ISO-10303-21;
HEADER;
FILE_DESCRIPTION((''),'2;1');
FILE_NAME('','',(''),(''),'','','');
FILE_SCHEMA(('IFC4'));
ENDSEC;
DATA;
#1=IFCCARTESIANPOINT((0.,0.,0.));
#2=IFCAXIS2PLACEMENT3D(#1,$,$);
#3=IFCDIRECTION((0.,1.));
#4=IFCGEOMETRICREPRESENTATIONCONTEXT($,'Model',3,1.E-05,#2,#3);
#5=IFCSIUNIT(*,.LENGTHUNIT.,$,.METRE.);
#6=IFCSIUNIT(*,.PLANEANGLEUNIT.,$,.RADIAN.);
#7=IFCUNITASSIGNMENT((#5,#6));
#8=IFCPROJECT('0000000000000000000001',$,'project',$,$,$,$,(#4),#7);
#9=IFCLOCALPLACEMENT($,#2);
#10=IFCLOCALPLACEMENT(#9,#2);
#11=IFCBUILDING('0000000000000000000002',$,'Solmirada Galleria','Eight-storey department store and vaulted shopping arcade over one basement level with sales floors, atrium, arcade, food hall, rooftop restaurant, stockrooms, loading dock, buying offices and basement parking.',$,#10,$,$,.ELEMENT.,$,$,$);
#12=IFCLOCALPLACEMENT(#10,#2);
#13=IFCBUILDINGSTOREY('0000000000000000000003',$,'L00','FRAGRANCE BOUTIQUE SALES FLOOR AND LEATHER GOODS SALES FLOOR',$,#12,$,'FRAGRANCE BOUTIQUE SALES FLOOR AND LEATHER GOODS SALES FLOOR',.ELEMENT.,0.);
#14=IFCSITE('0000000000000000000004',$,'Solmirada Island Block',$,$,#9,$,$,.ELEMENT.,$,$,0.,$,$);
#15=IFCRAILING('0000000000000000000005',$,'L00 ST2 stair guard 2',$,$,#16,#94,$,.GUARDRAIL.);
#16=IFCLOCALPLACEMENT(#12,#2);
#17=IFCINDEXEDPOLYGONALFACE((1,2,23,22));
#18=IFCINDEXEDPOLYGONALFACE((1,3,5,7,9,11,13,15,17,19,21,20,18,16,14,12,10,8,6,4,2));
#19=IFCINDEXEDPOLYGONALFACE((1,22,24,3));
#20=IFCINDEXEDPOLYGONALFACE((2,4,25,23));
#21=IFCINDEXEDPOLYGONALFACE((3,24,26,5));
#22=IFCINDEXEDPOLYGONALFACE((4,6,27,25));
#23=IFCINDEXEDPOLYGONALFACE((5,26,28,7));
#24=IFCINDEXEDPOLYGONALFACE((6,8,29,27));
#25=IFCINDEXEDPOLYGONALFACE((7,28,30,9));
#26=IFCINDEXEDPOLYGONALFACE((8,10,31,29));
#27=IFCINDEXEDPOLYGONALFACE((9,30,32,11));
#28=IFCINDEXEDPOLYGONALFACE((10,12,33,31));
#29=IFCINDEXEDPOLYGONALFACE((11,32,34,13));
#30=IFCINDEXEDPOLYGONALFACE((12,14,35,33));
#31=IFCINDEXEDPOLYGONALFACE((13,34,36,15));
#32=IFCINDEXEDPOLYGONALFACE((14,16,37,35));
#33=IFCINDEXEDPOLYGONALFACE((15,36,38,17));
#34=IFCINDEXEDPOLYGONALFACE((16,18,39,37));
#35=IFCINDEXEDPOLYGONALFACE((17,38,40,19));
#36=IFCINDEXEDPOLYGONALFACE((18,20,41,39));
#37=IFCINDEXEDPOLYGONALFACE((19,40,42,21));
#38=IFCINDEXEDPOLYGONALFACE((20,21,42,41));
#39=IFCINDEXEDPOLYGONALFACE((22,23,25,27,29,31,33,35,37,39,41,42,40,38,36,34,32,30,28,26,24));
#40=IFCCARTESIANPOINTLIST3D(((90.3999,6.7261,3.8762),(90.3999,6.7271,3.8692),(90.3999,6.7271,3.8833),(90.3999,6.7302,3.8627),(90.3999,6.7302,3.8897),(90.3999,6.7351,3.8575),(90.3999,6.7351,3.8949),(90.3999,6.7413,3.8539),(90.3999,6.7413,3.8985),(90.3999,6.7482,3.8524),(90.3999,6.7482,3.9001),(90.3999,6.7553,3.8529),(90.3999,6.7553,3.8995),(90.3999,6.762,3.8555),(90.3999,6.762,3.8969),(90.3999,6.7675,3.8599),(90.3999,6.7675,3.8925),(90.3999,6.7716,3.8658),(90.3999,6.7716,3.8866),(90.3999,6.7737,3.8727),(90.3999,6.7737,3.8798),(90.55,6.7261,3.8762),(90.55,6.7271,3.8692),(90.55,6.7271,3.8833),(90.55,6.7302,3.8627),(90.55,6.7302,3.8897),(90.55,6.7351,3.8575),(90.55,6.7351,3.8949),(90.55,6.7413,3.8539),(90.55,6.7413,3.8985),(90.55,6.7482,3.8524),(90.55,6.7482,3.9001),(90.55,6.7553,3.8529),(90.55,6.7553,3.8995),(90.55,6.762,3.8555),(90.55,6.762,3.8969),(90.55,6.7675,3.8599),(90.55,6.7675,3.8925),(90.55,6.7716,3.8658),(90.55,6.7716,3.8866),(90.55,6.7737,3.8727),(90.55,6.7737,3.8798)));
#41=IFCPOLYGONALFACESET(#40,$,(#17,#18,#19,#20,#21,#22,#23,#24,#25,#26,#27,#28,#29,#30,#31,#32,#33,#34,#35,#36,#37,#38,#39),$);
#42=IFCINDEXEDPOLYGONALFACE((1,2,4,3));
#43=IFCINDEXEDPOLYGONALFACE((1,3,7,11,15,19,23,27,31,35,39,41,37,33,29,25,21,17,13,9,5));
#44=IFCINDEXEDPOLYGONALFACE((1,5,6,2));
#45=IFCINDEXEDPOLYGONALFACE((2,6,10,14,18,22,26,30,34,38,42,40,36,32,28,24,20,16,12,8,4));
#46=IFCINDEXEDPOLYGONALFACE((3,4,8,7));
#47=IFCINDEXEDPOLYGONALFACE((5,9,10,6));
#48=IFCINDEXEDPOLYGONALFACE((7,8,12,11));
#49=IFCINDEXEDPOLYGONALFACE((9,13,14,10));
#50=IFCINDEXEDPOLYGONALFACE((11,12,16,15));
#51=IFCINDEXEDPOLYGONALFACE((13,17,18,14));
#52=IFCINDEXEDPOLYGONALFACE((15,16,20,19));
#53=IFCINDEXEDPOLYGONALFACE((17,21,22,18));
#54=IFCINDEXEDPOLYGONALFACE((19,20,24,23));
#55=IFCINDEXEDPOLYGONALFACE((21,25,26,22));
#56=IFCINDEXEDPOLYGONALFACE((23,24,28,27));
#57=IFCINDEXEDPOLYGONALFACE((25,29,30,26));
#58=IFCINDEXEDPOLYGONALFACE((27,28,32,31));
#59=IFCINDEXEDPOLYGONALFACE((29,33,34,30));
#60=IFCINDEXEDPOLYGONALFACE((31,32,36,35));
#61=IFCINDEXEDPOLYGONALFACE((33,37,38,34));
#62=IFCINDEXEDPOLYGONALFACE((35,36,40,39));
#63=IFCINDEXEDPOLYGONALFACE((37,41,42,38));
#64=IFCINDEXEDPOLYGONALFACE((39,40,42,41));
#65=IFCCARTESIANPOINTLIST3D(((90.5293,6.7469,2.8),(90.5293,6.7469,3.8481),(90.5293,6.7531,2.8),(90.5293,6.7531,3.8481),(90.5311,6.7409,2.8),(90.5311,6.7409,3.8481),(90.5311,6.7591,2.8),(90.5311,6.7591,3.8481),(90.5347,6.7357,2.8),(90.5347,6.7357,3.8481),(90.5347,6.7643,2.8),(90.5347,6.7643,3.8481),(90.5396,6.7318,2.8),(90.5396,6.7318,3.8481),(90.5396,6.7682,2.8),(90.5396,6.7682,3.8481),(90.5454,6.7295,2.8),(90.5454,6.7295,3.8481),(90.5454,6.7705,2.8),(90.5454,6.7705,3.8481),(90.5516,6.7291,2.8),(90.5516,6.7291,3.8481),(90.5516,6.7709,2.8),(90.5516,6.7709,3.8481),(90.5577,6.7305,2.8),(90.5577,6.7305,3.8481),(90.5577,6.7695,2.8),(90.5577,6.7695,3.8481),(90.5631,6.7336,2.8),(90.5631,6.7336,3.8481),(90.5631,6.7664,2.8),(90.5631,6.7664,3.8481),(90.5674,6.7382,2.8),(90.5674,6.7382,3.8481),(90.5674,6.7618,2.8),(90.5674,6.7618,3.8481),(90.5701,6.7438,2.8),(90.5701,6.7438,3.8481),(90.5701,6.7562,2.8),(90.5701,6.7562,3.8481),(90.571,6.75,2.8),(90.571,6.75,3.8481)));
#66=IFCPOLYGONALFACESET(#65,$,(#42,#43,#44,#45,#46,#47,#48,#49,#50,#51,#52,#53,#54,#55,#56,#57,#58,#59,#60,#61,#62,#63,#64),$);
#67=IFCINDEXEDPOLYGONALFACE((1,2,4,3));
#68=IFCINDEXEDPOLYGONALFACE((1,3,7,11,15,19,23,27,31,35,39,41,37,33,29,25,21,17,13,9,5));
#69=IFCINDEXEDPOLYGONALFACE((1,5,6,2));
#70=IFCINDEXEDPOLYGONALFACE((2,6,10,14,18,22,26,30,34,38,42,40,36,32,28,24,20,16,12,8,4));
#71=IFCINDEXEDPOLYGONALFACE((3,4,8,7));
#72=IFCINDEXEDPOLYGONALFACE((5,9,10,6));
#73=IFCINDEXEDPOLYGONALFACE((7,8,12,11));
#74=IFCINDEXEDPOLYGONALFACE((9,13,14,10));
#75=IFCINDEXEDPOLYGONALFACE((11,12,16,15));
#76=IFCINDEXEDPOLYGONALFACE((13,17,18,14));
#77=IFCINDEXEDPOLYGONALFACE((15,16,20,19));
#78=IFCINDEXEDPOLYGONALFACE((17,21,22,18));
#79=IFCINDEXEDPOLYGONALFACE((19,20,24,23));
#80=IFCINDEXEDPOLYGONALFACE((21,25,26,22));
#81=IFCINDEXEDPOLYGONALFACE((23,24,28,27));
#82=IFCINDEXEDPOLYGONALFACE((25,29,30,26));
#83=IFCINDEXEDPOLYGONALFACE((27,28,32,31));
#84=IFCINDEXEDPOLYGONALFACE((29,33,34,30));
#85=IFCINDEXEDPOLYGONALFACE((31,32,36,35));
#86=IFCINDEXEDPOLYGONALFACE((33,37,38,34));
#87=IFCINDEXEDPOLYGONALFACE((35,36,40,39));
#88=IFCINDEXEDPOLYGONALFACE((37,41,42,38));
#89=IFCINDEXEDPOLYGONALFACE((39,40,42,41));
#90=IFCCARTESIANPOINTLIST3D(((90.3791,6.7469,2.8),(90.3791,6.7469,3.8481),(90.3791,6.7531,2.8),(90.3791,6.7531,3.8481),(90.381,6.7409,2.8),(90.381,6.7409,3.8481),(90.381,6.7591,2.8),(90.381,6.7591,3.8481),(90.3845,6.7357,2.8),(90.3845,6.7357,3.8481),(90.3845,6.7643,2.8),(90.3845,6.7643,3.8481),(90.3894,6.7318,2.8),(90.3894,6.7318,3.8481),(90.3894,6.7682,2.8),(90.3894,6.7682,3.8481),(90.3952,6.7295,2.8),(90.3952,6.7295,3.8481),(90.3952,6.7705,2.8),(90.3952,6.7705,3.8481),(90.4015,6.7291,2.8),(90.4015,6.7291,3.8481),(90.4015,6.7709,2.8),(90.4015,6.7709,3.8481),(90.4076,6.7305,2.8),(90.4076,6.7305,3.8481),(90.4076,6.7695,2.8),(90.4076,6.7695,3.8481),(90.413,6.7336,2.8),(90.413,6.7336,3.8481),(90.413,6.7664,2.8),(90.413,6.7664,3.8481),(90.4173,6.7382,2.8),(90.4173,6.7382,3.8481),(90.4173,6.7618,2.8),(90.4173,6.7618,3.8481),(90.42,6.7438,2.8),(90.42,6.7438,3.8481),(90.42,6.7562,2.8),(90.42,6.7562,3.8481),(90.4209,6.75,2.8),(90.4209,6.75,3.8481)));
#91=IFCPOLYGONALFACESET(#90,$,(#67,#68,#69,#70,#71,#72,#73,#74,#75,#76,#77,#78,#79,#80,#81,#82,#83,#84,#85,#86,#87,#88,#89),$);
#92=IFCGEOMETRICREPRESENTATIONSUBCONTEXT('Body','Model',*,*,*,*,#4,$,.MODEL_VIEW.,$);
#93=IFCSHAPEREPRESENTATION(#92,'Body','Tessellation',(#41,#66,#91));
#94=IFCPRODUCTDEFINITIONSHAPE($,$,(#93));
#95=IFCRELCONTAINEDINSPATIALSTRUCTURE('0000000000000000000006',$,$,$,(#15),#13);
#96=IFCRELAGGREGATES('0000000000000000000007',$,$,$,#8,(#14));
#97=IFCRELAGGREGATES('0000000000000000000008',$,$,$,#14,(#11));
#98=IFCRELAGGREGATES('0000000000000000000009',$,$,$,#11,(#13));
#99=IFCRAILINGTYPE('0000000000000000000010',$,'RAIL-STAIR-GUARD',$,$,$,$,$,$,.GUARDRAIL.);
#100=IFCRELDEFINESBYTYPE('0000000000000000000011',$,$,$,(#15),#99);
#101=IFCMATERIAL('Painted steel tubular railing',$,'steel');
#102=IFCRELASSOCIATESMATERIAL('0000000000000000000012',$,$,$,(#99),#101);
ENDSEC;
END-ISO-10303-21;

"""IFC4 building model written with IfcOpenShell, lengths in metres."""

from ifc_helpers import new_model, si_unit, direction, frame, origin, origin_2d, place, context, subcontext, project, spatial, circle, extrude, material, type_object, element, save


model = new_model("IFC4")

# Units and contexts
model_context = context("Model", 3, precision=1e-05, world=origin(), true_north=direction((0.0, 1.0)))
body_context = subcontext(model_context, "Body", "Model", "MODEL_VIEW")
ifc_project = project(units=[si_unit("LENGTHUNIT", "METRE"), si_unit("PLANEANGLEUNIT", "RADIAN")], contexts=[model_context])

# Site, building, storey
site_placement = place(None, origin())
site = spatial("IfcSite", under=ifc_project, at=site_placement, Name="Solmirada Island Block", CompositionType="ELEMENT", RefElevation=0.0)
building_placement = place(site_placement, origin())
building = spatial("IfcBuilding", under=site, at=building_placement, Name="Solmirada Galleria", Description="Eight-storey department store and vaulted shopping arcade over one basement level with sales floors, atrium, arcade, food hall, rooftop restaurant, stockrooms, loading dock, buying offices and basement parking.", CompositionType="ELEMENT")
storey_placement = place(building_placement, origin())
storey = spatial("IfcBuildingStorey", under=building, at=storey_placement, Name="L00", Description="FRAGRANCE BOUTIQUE SALES FLOOR AND LEATHER GOODS SALES FLOOR", LongName="FRAGRANCE BOUTIQUE SALES FLOOR AND LEATHER GOODS SALES FLOOR", CompositionType="ELEMENT", Elevation=0.0)

# Railing
ifc_material_1 = material(Name="Painted steel tubular railing", Category="steel")
railing_type_1 = type_object("IfcRailingType", Name="RAIL-STAIR-GUARD", PredefinedType="GUARDRAIL", material=ifc_material_1)
railing_1_placement = place(storey_placement, frame((90.55, 6.75, 2.8)))
element("IfcRailing", 1, at=railing_1_placement, inside=storey, type_object=railing_type_1, Name="L00 ST2 stair guard 2", PredefinedType="GUARDRAIL", context=body_context, shape_type="SweptSolid", body=[
    extrude(circle(Radius=0.0239, at=origin_2d()), frame((0.0, 0.0, 1.0762), z_axis=(-1.0, 0.0, 0.0), x_axis=(0.0, -1.0, 0.0)), (0.0, 0.0, 1.0), 0.1501),
    extrude(circle(Radius=0.021, at=origin_2d()), origin(), (0.0, 0.0, 1.0), 1.0481),
    extrude(circle(Radius=0.021, at=origin_2d()), frame((-0.1501, 0.0, 0.0)), (0.0, 0.0, 1.0), 1.0481),
])

save(model, "model.ifc")
